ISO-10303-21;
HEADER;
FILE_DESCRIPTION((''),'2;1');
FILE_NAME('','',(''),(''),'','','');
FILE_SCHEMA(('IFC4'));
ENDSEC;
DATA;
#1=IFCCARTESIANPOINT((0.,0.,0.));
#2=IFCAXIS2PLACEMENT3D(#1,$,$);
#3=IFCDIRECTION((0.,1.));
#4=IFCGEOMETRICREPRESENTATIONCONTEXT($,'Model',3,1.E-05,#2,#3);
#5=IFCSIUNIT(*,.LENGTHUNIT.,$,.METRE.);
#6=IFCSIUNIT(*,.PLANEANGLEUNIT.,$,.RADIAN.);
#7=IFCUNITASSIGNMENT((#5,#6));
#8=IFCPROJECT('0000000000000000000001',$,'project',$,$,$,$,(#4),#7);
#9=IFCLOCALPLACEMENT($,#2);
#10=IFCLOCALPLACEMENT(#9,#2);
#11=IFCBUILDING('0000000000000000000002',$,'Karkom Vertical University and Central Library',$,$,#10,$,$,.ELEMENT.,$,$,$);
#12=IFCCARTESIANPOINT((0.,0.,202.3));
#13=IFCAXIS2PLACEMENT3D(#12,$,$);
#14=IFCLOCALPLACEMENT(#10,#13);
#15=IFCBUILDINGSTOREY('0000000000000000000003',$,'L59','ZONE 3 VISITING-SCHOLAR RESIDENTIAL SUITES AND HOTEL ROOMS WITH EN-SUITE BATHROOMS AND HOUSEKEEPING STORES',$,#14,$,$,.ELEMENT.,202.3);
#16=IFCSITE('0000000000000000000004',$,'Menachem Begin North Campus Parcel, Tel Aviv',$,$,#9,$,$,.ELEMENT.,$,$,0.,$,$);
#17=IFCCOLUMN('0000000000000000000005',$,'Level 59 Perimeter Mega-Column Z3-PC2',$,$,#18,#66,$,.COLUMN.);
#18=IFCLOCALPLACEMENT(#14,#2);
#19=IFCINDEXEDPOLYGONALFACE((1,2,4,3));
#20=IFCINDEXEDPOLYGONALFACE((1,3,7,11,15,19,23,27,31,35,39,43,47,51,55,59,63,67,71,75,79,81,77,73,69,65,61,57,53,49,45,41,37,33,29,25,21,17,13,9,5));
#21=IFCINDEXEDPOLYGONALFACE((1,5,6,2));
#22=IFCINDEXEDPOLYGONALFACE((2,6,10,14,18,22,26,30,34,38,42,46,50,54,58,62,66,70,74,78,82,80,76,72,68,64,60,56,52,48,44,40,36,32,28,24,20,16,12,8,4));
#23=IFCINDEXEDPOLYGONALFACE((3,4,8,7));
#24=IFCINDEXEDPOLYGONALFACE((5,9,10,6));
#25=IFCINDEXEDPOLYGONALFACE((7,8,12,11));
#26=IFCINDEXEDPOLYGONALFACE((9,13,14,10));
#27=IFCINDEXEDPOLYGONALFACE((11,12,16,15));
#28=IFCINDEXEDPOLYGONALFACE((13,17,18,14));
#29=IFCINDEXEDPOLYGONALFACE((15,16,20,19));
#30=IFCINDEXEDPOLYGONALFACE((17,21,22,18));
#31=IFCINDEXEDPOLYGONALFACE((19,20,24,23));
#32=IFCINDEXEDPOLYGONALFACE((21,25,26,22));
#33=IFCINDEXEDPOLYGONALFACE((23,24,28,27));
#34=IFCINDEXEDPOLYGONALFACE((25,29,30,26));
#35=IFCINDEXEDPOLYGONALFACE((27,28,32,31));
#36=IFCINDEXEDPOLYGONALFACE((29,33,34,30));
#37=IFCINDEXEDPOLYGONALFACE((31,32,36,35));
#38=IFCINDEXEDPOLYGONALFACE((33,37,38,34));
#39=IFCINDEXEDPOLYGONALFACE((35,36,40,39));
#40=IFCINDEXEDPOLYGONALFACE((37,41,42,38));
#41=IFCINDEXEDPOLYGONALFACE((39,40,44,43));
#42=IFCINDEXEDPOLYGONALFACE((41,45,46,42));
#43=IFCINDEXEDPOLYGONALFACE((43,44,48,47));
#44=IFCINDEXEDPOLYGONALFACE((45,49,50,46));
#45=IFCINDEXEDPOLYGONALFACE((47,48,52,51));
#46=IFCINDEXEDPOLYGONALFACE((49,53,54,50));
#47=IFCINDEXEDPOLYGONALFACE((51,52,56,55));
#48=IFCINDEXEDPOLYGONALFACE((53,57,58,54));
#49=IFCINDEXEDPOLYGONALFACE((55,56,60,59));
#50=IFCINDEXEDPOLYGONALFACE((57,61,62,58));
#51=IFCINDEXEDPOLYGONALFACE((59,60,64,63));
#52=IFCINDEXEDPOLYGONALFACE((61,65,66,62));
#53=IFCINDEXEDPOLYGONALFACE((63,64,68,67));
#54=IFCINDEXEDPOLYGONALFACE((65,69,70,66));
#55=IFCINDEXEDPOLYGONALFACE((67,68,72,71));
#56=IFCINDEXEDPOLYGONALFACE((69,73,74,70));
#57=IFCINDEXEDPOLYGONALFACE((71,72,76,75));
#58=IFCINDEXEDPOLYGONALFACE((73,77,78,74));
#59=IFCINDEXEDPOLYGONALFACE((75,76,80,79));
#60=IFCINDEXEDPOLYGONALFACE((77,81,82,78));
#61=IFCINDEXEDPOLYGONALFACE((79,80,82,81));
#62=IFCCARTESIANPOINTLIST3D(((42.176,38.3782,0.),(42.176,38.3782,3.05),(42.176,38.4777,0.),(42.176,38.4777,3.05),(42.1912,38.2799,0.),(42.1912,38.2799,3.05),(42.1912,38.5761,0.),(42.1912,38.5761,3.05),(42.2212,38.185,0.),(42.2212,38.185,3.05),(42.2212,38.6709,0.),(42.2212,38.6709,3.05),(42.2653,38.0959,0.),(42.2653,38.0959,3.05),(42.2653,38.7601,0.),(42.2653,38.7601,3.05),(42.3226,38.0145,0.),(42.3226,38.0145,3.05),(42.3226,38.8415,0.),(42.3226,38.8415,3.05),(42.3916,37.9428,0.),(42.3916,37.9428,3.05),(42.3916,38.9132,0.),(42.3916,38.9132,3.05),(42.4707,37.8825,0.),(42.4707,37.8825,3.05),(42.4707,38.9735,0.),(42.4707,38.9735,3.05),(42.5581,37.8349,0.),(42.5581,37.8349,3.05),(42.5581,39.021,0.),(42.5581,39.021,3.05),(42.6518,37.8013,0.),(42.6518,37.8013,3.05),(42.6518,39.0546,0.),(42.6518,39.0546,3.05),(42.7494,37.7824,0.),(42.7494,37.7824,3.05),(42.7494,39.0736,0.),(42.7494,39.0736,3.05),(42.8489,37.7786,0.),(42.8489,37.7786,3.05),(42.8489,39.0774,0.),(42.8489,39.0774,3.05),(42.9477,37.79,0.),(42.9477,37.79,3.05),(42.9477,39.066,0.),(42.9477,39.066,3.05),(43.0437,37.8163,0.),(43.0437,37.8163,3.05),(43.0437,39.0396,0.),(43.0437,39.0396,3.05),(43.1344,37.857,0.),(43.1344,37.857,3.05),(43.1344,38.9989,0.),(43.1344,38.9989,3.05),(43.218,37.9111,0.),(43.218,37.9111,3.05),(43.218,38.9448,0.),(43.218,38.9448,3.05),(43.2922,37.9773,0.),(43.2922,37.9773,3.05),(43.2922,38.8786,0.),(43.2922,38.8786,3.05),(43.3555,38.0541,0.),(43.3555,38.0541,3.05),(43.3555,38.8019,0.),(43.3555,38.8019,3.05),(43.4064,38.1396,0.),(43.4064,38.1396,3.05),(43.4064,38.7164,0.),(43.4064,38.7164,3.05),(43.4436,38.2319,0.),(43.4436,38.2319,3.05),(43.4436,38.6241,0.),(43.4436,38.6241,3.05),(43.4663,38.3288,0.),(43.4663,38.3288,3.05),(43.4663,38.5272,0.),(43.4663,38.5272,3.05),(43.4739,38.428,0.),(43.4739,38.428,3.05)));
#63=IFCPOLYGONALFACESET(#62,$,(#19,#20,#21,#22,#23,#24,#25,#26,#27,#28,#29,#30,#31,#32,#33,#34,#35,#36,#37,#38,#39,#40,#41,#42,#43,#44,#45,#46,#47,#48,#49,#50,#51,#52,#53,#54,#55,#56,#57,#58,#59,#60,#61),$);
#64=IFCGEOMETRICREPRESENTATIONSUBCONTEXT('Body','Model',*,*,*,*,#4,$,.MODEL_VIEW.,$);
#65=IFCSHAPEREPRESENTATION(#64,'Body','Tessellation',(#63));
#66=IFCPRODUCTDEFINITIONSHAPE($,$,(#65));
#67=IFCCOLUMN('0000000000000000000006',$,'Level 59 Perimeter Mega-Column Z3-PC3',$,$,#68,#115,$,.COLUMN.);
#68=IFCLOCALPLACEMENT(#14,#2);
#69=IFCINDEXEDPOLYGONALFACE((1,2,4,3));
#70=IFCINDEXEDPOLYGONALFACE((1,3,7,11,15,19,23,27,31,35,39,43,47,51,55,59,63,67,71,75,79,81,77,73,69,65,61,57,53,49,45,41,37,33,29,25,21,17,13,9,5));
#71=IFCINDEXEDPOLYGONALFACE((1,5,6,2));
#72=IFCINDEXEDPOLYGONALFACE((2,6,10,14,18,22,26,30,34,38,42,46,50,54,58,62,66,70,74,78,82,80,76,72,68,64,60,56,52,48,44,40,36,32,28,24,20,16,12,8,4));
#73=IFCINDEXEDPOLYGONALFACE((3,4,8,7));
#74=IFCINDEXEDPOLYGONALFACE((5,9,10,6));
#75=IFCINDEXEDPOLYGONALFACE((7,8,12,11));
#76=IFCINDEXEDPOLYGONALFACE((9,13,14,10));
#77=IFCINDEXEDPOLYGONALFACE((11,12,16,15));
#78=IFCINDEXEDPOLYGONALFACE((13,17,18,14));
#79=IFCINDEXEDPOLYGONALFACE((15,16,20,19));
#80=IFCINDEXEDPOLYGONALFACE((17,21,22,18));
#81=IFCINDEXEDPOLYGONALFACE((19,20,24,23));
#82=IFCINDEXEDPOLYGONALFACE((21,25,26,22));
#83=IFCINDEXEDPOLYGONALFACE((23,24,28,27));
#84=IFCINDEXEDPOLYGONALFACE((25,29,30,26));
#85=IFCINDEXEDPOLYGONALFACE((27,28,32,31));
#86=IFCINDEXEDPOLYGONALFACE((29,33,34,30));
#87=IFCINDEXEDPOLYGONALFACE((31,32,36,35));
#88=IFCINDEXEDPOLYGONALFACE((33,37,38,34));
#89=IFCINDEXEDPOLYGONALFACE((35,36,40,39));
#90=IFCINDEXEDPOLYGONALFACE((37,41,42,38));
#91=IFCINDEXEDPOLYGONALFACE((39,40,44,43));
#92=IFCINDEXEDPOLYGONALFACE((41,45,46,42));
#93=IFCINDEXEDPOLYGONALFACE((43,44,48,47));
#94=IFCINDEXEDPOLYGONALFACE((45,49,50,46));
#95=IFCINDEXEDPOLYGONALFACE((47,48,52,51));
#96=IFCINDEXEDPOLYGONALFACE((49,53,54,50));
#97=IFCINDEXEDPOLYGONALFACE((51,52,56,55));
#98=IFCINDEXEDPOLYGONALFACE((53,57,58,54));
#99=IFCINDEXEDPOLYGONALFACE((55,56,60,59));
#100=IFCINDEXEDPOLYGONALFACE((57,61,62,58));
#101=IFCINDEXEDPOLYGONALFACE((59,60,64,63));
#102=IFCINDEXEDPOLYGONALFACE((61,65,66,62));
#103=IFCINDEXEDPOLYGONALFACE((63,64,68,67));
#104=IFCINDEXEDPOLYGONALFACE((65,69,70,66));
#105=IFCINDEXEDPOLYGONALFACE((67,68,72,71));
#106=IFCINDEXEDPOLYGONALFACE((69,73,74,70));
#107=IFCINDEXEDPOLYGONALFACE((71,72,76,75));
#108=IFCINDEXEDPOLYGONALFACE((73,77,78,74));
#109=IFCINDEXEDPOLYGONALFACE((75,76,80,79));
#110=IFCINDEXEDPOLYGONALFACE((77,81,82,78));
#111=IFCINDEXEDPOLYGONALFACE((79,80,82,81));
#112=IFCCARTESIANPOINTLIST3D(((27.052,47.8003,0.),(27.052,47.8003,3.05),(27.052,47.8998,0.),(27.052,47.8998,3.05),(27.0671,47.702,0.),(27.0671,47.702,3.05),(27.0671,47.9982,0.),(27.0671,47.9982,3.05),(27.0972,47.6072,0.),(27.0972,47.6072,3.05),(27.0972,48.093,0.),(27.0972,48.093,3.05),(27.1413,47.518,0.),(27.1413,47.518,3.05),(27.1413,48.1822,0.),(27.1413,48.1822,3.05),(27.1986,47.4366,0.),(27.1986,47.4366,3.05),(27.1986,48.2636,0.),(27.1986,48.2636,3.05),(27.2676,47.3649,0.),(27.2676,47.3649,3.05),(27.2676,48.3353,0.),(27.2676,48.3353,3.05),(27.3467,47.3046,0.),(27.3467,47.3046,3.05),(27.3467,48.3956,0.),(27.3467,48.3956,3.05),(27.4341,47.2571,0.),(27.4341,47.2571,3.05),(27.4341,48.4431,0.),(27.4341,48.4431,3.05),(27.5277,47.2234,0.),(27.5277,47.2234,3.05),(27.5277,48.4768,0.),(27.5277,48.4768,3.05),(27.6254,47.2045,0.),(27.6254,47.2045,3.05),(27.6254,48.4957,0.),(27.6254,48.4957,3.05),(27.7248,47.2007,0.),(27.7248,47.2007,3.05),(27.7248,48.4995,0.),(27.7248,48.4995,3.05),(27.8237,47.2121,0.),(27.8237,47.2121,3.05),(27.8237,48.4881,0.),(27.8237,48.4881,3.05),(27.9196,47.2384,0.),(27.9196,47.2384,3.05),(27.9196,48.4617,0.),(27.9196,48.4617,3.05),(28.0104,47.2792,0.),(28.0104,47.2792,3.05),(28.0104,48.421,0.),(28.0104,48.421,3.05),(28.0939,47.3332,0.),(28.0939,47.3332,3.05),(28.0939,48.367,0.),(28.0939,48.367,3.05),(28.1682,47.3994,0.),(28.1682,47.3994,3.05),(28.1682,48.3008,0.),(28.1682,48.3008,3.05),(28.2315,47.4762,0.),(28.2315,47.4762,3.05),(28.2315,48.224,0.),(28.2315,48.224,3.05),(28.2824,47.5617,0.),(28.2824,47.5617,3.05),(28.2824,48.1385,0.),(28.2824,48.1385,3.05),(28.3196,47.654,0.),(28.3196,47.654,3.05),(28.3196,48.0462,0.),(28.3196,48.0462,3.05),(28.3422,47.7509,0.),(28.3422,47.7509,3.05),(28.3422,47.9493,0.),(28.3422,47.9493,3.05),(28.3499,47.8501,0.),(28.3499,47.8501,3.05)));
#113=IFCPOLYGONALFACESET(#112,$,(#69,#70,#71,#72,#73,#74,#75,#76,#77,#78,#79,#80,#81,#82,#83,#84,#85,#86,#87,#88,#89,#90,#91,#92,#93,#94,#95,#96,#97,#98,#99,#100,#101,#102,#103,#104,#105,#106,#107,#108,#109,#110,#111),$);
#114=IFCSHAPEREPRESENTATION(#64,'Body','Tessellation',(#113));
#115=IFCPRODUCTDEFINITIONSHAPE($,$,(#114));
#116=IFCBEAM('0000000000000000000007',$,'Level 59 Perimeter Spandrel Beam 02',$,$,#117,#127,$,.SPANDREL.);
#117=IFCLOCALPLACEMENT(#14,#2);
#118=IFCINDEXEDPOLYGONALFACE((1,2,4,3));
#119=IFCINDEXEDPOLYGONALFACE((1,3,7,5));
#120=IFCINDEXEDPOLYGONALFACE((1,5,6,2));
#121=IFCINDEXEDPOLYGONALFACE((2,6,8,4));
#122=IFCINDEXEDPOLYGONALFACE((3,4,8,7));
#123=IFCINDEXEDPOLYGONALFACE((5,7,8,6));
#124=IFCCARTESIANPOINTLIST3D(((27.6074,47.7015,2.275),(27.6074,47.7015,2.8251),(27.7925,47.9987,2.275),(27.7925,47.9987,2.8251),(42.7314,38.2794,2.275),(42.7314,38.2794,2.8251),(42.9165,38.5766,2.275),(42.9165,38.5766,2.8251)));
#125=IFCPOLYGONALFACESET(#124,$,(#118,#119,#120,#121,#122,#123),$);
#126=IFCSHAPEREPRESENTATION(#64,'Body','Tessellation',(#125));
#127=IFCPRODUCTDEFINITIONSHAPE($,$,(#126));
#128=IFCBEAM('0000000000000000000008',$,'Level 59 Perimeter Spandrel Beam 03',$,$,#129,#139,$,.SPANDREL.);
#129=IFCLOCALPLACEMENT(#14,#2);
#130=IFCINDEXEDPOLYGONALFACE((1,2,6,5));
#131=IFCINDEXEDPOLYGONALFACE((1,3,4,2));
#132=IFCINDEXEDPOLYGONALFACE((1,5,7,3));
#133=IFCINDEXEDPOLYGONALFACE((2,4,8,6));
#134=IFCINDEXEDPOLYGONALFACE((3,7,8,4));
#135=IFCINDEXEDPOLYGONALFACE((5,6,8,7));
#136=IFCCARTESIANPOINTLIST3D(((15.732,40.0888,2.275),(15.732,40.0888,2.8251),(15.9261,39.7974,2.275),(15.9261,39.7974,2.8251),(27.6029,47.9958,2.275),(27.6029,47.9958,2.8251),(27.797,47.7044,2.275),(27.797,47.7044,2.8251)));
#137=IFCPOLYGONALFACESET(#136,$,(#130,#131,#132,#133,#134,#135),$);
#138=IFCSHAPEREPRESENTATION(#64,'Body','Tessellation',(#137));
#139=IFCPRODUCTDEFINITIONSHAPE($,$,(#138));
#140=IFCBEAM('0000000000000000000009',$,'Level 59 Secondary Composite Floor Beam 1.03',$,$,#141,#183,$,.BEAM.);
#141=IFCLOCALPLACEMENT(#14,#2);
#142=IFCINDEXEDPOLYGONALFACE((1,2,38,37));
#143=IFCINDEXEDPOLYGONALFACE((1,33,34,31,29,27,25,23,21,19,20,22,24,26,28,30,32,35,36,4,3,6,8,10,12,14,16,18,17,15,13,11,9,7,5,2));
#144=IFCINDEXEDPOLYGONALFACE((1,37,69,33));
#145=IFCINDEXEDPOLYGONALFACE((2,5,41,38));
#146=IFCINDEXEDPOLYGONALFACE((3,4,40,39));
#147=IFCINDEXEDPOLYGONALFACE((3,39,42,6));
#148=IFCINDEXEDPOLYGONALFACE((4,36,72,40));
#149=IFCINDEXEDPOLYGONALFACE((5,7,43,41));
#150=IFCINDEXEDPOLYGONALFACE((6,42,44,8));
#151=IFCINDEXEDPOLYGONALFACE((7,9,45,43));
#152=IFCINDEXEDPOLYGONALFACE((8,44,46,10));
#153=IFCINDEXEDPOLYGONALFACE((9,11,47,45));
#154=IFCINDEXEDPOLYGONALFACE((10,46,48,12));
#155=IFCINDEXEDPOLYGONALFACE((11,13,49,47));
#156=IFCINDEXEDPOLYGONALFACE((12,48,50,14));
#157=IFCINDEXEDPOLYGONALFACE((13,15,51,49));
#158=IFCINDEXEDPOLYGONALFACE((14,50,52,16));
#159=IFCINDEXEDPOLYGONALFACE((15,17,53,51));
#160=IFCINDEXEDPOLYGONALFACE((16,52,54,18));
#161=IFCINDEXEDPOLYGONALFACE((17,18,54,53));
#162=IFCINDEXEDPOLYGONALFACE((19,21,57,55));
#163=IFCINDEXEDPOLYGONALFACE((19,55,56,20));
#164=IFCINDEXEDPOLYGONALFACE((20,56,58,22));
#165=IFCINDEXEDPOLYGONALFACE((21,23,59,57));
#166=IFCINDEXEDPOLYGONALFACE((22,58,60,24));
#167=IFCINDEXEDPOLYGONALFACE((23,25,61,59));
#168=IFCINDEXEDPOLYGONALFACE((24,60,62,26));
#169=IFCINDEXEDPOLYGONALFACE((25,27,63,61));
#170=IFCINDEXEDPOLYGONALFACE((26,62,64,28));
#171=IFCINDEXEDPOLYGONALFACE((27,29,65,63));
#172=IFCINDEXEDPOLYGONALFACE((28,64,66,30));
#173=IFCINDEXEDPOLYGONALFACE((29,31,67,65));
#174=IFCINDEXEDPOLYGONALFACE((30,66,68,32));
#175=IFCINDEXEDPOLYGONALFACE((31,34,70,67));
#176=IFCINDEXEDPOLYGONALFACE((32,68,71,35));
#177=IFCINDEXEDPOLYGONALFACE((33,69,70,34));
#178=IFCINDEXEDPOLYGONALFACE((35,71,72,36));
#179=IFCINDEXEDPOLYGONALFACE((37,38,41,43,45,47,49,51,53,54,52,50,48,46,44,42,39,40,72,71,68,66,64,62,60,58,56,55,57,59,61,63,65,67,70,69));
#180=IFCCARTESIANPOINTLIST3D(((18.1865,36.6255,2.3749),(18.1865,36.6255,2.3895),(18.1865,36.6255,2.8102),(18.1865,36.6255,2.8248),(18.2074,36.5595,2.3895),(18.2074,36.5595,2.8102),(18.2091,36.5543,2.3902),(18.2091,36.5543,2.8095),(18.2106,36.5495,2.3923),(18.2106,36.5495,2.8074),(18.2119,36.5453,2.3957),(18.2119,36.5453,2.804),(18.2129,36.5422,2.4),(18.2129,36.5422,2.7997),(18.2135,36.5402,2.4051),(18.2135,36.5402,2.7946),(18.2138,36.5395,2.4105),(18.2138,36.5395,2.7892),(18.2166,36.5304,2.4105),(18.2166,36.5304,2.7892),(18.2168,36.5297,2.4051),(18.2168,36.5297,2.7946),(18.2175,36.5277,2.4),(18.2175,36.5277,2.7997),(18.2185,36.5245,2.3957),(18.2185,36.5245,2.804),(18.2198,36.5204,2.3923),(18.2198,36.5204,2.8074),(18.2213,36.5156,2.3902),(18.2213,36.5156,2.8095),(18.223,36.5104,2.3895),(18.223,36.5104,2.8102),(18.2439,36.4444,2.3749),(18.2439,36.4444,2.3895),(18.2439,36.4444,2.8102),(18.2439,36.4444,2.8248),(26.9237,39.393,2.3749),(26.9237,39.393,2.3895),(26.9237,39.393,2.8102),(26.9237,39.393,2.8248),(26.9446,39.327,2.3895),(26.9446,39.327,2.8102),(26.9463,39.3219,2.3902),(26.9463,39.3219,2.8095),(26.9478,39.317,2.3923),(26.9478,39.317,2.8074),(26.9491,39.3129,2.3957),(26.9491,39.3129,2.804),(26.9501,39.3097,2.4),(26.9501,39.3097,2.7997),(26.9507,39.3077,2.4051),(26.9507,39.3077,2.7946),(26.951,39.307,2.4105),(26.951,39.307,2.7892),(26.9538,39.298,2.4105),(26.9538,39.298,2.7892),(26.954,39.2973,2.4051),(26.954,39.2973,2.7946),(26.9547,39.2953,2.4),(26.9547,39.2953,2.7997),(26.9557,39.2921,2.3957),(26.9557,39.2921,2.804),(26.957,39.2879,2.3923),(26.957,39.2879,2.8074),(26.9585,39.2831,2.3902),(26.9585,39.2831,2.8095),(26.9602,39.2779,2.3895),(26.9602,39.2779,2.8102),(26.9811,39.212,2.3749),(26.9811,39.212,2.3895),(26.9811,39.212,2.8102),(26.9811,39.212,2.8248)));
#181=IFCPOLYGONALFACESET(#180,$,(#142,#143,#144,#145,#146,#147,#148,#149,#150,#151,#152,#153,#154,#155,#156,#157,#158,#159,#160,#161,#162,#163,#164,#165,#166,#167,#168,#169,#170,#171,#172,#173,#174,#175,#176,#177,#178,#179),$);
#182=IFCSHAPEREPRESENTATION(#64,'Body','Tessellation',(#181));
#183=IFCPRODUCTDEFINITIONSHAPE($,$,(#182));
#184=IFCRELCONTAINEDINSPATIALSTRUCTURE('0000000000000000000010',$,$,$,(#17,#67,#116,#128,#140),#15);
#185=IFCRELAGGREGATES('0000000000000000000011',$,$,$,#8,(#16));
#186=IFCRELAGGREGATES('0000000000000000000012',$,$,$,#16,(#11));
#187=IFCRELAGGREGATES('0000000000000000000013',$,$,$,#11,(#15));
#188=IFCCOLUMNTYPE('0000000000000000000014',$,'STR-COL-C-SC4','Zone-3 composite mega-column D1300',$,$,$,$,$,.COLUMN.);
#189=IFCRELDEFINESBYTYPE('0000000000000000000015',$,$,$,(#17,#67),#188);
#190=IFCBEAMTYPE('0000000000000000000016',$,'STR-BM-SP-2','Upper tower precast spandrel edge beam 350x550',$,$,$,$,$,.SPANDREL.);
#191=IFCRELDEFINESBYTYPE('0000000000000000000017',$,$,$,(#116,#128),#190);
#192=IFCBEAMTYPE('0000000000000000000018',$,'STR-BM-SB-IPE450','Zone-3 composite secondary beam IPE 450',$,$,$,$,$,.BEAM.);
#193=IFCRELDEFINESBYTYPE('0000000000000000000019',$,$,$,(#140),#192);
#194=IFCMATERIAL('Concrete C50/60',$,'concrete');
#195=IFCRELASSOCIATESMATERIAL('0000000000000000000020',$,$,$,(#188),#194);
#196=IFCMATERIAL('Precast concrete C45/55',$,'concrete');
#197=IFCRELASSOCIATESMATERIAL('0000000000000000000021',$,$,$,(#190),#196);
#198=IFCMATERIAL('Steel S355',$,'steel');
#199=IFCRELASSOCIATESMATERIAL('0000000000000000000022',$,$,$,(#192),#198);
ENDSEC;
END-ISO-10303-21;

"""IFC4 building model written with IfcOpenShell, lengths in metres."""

from ifc_helpers import new_model, si_unit, direction, frame, origin, origin_with_axes, origin_2d, place, context, subcontext, project, spatial, rectangle, circle, i_section, extrude, source, transform, mapped, material, material_profile, profile_set, type_object, element, save


model = new_model("IFC4")

# Units and contexts
model_context = context("Model", 3, precision=1e-05, world=origin(), true_north=direction((0.0, 1.0)))
body_context = subcontext(model_context, "Body", "Model", "MODEL_VIEW")
ifc_project = project(units=[si_unit("LENGTHUNIT", "METRE"), si_unit("PLANEANGLEUNIT", "RADIAN")], contexts=[model_context])

# Site, building, storey
site_placement = place(None, origin())
site = spatial("IfcSite", under=ifc_project, at=site_placement, Name="Menachem Begin North Campus Parcel, Tel Aviv", CompositionType="ELEMENT", RefElevation=0.0)
building_placement = place(site_placement, origin())
building = spatial("IfcBuilding", under=site, at=building_placement, Name="Karkom Vertical University and Central Library", CompositionType="ELEMENT")
storey_placement = place(building_placement, frame((0.0, 0.0, 202.3)))
storey = spatial("IfcBuildingStorey", under=building, at=storey_placement, Name="L59", Description="ZONE 3 VISITING-SCHOLAR RESIDENTIAL SUITES AND HOTEL ROOMS WITH EN-SUITE BATHROOMS AND HOUSEKEEPING STORES", CompositionType="ELEMENT", Elevation=202.3)

# Columns
ifc_material_1 = material(Name="Concrete C50/60", Category="concrete")
ifc_material_profile_1 = material_profile(ifc_material_1, circle(Radius=0.6499, at=origin_2d()), Name="CFT-D1300")
ifc_profile_set_1 = profile_set([ifc_material_profile_1], Name="Concrete C50/60")
column_type = type_object("IfcColumnType", Name="STR-COL-C-SC4", Description="Zone-3 composite mega-column D1300", PredefinedType="COLUMN", material=ifc_profile_set_1)
shared_shape_1 = source(origin_with_axes(), body_context, "Body", "SweptSolid", [
    extrude(circle(Radius=0.6499, at=origin_2d()), origin(), (0.0, 0.0, 1.0), 3.05),
])
for number, where, z_axis, x_axis, name in (
    (1, (42.824, 38.428, 0.0), (0.0, 0.0, 1.0), (1.0, 0.0, 0.0), "Level 59 Perimeter Mega-Column Z3-PC2"),
    (2, (27.7, 47.8501, 0.0), (0.0, 0.0, 1.0), (1.0, 0.0, 0.0), "Level 59 Perimeter Mega-Column Z3-PC3"),
):
    element("IfcColumn", number, at=place(storey_placement, frame(where, z_axis=z_axis, x_axis=x_axis)), inside=storey, type_object=column_type, Name=name, PredefinedType="COLUMN", context=body_context, shape_type="MappedRepresentation", body=[
        mapped(shared_shape_1, transform((0.0, 0.0, 0.0), scale=1.0)),
    ])

# Beams
ifc_material_2 = material(Name="Precast concrete C45/55", Category="concrete")
ifc_material_profile_2 = material_profile(ifc_material_2, rectangle(XDim=0.3501, YDim=0.55, at=origin_2d()), Name="SPB-350x550")
ifc_profile_set_2 = profile_set([ifc_material_profile_2], Name="Precast concrete C45/55")
beam_type_1 = type_object("IfcBeamType", Name="STR-BM-SP-2", Description="Upper tower precast spandrel edge beam 350x550", PredefinedType="SPANDREL", material=ifc_profile_set_2)
shared_shape_2 = source(origin_with_axes(), body_context, "Body", "SweptSolid", [
    extrude(rectangle(XDim=0.3501, YDim=0.55, at=origin_2d()), origin(), (0.0, 0.0, 1.0), 17.8188),
])
beam_1_placement = place(storey_placement, frame((42.824, 38.428, 2.55), z_axis=(-0.848764, 0.528772, 0.0), x_axis=(-0.528772, -0.848764, 0.0)))
element("IfcBeam", 3, at=beam_1_placement, inside=storey, type_object=beam_type_1, Name="Level 59 Perimeter Spandrel Beam 02", PredefinedType="SPANDREL", context=body_context, shape_type="MappedRepresentation", body=[
    mapped(shared_shape_2, transform((0.0, 0.0, 0.0), scale=1.0)),
])
shared_shape_3 = source(origin_with_axes(), body_context, "Body", "SweptSolid", [
    extrude(rectangle(XDim=0.3501, YDim=0.55, at=origin_2d()), origin(), (0.0, 0.0, 1.0), 14.2632),
])
beam_2_placement = place(storey_placement, frame((27.7, 47.8501, 2.55), z_axis=(-0.832274, -0.554364, 0.0), x_axis=(0.554364, -0.832274, 0.0)))
element("IfcBeam", 4, at=beam_2_placement, inside=storey, type_object=beam_type_1, Name="Level 59 Perimeter Spandrel Beam 03", PredefinedType="SPANDREL", context=body_context, shape_type="MappedRepresentation", body=[
    mapped(shared_shape_3, transform((0.0, 0.0, 0.0), scale=1.0)),
])
ifc_material_3 = material(Name="Steel S355", Category="steel")
ifc_material_profile_3 = material_profile(ifc_material_3, i_section(OverallWidth=0.1899, OverallDepth=0.45, WebThickness=0.0095, FlangeThickness=0.0146, FilletRadius=0.021, at=origin_2d()), Name="IPE 450")
ifc_profile_set_3 = profile_set([ifc_material_profile_3], Name="Steel S355")
beam_type_2 = type_object("IfcBeamType", Name="STR-BM-SB-IPE450", Description="Zone-3 composite secondary beam IPE 450", PredefinedType="BEAM", material=ifc_profile_set_3)
shared_shape_4 = source(origin_with_axes(), body_context, "Body", "SweptSolid", [
    extrude(i_section(OverallWidth=0.1899, OverallDepth=0.45, WebThickness=0.0095, FlangeThickness=0.0146, FilletRadius=0.021, at=origin_2d()), origin(), (0.0, 0.0, 1.0), 9.165),
])
beam_3_placement = place(storey_placement, frame((26.9524, 39.3025, 2.5999), z_axis=(-0.953318, -0.301968, 0.0), x_axis=(0.301968, -0.953318, 0.0)))
element("IfcBeam", 5, at=beam_3_placement, inside=storey, type_object=beam_type_2, Name="Level 59 Secondary Composite Floor Beam 1.03", PredefinedType="BEAM", context=body_context, shape_type="MappedRepresentation", body=[
    mapped(shared_shape_4, transform((0.0, 0.0, 0.0), scale=1.0)),
])

save(model, "model.ifc")
